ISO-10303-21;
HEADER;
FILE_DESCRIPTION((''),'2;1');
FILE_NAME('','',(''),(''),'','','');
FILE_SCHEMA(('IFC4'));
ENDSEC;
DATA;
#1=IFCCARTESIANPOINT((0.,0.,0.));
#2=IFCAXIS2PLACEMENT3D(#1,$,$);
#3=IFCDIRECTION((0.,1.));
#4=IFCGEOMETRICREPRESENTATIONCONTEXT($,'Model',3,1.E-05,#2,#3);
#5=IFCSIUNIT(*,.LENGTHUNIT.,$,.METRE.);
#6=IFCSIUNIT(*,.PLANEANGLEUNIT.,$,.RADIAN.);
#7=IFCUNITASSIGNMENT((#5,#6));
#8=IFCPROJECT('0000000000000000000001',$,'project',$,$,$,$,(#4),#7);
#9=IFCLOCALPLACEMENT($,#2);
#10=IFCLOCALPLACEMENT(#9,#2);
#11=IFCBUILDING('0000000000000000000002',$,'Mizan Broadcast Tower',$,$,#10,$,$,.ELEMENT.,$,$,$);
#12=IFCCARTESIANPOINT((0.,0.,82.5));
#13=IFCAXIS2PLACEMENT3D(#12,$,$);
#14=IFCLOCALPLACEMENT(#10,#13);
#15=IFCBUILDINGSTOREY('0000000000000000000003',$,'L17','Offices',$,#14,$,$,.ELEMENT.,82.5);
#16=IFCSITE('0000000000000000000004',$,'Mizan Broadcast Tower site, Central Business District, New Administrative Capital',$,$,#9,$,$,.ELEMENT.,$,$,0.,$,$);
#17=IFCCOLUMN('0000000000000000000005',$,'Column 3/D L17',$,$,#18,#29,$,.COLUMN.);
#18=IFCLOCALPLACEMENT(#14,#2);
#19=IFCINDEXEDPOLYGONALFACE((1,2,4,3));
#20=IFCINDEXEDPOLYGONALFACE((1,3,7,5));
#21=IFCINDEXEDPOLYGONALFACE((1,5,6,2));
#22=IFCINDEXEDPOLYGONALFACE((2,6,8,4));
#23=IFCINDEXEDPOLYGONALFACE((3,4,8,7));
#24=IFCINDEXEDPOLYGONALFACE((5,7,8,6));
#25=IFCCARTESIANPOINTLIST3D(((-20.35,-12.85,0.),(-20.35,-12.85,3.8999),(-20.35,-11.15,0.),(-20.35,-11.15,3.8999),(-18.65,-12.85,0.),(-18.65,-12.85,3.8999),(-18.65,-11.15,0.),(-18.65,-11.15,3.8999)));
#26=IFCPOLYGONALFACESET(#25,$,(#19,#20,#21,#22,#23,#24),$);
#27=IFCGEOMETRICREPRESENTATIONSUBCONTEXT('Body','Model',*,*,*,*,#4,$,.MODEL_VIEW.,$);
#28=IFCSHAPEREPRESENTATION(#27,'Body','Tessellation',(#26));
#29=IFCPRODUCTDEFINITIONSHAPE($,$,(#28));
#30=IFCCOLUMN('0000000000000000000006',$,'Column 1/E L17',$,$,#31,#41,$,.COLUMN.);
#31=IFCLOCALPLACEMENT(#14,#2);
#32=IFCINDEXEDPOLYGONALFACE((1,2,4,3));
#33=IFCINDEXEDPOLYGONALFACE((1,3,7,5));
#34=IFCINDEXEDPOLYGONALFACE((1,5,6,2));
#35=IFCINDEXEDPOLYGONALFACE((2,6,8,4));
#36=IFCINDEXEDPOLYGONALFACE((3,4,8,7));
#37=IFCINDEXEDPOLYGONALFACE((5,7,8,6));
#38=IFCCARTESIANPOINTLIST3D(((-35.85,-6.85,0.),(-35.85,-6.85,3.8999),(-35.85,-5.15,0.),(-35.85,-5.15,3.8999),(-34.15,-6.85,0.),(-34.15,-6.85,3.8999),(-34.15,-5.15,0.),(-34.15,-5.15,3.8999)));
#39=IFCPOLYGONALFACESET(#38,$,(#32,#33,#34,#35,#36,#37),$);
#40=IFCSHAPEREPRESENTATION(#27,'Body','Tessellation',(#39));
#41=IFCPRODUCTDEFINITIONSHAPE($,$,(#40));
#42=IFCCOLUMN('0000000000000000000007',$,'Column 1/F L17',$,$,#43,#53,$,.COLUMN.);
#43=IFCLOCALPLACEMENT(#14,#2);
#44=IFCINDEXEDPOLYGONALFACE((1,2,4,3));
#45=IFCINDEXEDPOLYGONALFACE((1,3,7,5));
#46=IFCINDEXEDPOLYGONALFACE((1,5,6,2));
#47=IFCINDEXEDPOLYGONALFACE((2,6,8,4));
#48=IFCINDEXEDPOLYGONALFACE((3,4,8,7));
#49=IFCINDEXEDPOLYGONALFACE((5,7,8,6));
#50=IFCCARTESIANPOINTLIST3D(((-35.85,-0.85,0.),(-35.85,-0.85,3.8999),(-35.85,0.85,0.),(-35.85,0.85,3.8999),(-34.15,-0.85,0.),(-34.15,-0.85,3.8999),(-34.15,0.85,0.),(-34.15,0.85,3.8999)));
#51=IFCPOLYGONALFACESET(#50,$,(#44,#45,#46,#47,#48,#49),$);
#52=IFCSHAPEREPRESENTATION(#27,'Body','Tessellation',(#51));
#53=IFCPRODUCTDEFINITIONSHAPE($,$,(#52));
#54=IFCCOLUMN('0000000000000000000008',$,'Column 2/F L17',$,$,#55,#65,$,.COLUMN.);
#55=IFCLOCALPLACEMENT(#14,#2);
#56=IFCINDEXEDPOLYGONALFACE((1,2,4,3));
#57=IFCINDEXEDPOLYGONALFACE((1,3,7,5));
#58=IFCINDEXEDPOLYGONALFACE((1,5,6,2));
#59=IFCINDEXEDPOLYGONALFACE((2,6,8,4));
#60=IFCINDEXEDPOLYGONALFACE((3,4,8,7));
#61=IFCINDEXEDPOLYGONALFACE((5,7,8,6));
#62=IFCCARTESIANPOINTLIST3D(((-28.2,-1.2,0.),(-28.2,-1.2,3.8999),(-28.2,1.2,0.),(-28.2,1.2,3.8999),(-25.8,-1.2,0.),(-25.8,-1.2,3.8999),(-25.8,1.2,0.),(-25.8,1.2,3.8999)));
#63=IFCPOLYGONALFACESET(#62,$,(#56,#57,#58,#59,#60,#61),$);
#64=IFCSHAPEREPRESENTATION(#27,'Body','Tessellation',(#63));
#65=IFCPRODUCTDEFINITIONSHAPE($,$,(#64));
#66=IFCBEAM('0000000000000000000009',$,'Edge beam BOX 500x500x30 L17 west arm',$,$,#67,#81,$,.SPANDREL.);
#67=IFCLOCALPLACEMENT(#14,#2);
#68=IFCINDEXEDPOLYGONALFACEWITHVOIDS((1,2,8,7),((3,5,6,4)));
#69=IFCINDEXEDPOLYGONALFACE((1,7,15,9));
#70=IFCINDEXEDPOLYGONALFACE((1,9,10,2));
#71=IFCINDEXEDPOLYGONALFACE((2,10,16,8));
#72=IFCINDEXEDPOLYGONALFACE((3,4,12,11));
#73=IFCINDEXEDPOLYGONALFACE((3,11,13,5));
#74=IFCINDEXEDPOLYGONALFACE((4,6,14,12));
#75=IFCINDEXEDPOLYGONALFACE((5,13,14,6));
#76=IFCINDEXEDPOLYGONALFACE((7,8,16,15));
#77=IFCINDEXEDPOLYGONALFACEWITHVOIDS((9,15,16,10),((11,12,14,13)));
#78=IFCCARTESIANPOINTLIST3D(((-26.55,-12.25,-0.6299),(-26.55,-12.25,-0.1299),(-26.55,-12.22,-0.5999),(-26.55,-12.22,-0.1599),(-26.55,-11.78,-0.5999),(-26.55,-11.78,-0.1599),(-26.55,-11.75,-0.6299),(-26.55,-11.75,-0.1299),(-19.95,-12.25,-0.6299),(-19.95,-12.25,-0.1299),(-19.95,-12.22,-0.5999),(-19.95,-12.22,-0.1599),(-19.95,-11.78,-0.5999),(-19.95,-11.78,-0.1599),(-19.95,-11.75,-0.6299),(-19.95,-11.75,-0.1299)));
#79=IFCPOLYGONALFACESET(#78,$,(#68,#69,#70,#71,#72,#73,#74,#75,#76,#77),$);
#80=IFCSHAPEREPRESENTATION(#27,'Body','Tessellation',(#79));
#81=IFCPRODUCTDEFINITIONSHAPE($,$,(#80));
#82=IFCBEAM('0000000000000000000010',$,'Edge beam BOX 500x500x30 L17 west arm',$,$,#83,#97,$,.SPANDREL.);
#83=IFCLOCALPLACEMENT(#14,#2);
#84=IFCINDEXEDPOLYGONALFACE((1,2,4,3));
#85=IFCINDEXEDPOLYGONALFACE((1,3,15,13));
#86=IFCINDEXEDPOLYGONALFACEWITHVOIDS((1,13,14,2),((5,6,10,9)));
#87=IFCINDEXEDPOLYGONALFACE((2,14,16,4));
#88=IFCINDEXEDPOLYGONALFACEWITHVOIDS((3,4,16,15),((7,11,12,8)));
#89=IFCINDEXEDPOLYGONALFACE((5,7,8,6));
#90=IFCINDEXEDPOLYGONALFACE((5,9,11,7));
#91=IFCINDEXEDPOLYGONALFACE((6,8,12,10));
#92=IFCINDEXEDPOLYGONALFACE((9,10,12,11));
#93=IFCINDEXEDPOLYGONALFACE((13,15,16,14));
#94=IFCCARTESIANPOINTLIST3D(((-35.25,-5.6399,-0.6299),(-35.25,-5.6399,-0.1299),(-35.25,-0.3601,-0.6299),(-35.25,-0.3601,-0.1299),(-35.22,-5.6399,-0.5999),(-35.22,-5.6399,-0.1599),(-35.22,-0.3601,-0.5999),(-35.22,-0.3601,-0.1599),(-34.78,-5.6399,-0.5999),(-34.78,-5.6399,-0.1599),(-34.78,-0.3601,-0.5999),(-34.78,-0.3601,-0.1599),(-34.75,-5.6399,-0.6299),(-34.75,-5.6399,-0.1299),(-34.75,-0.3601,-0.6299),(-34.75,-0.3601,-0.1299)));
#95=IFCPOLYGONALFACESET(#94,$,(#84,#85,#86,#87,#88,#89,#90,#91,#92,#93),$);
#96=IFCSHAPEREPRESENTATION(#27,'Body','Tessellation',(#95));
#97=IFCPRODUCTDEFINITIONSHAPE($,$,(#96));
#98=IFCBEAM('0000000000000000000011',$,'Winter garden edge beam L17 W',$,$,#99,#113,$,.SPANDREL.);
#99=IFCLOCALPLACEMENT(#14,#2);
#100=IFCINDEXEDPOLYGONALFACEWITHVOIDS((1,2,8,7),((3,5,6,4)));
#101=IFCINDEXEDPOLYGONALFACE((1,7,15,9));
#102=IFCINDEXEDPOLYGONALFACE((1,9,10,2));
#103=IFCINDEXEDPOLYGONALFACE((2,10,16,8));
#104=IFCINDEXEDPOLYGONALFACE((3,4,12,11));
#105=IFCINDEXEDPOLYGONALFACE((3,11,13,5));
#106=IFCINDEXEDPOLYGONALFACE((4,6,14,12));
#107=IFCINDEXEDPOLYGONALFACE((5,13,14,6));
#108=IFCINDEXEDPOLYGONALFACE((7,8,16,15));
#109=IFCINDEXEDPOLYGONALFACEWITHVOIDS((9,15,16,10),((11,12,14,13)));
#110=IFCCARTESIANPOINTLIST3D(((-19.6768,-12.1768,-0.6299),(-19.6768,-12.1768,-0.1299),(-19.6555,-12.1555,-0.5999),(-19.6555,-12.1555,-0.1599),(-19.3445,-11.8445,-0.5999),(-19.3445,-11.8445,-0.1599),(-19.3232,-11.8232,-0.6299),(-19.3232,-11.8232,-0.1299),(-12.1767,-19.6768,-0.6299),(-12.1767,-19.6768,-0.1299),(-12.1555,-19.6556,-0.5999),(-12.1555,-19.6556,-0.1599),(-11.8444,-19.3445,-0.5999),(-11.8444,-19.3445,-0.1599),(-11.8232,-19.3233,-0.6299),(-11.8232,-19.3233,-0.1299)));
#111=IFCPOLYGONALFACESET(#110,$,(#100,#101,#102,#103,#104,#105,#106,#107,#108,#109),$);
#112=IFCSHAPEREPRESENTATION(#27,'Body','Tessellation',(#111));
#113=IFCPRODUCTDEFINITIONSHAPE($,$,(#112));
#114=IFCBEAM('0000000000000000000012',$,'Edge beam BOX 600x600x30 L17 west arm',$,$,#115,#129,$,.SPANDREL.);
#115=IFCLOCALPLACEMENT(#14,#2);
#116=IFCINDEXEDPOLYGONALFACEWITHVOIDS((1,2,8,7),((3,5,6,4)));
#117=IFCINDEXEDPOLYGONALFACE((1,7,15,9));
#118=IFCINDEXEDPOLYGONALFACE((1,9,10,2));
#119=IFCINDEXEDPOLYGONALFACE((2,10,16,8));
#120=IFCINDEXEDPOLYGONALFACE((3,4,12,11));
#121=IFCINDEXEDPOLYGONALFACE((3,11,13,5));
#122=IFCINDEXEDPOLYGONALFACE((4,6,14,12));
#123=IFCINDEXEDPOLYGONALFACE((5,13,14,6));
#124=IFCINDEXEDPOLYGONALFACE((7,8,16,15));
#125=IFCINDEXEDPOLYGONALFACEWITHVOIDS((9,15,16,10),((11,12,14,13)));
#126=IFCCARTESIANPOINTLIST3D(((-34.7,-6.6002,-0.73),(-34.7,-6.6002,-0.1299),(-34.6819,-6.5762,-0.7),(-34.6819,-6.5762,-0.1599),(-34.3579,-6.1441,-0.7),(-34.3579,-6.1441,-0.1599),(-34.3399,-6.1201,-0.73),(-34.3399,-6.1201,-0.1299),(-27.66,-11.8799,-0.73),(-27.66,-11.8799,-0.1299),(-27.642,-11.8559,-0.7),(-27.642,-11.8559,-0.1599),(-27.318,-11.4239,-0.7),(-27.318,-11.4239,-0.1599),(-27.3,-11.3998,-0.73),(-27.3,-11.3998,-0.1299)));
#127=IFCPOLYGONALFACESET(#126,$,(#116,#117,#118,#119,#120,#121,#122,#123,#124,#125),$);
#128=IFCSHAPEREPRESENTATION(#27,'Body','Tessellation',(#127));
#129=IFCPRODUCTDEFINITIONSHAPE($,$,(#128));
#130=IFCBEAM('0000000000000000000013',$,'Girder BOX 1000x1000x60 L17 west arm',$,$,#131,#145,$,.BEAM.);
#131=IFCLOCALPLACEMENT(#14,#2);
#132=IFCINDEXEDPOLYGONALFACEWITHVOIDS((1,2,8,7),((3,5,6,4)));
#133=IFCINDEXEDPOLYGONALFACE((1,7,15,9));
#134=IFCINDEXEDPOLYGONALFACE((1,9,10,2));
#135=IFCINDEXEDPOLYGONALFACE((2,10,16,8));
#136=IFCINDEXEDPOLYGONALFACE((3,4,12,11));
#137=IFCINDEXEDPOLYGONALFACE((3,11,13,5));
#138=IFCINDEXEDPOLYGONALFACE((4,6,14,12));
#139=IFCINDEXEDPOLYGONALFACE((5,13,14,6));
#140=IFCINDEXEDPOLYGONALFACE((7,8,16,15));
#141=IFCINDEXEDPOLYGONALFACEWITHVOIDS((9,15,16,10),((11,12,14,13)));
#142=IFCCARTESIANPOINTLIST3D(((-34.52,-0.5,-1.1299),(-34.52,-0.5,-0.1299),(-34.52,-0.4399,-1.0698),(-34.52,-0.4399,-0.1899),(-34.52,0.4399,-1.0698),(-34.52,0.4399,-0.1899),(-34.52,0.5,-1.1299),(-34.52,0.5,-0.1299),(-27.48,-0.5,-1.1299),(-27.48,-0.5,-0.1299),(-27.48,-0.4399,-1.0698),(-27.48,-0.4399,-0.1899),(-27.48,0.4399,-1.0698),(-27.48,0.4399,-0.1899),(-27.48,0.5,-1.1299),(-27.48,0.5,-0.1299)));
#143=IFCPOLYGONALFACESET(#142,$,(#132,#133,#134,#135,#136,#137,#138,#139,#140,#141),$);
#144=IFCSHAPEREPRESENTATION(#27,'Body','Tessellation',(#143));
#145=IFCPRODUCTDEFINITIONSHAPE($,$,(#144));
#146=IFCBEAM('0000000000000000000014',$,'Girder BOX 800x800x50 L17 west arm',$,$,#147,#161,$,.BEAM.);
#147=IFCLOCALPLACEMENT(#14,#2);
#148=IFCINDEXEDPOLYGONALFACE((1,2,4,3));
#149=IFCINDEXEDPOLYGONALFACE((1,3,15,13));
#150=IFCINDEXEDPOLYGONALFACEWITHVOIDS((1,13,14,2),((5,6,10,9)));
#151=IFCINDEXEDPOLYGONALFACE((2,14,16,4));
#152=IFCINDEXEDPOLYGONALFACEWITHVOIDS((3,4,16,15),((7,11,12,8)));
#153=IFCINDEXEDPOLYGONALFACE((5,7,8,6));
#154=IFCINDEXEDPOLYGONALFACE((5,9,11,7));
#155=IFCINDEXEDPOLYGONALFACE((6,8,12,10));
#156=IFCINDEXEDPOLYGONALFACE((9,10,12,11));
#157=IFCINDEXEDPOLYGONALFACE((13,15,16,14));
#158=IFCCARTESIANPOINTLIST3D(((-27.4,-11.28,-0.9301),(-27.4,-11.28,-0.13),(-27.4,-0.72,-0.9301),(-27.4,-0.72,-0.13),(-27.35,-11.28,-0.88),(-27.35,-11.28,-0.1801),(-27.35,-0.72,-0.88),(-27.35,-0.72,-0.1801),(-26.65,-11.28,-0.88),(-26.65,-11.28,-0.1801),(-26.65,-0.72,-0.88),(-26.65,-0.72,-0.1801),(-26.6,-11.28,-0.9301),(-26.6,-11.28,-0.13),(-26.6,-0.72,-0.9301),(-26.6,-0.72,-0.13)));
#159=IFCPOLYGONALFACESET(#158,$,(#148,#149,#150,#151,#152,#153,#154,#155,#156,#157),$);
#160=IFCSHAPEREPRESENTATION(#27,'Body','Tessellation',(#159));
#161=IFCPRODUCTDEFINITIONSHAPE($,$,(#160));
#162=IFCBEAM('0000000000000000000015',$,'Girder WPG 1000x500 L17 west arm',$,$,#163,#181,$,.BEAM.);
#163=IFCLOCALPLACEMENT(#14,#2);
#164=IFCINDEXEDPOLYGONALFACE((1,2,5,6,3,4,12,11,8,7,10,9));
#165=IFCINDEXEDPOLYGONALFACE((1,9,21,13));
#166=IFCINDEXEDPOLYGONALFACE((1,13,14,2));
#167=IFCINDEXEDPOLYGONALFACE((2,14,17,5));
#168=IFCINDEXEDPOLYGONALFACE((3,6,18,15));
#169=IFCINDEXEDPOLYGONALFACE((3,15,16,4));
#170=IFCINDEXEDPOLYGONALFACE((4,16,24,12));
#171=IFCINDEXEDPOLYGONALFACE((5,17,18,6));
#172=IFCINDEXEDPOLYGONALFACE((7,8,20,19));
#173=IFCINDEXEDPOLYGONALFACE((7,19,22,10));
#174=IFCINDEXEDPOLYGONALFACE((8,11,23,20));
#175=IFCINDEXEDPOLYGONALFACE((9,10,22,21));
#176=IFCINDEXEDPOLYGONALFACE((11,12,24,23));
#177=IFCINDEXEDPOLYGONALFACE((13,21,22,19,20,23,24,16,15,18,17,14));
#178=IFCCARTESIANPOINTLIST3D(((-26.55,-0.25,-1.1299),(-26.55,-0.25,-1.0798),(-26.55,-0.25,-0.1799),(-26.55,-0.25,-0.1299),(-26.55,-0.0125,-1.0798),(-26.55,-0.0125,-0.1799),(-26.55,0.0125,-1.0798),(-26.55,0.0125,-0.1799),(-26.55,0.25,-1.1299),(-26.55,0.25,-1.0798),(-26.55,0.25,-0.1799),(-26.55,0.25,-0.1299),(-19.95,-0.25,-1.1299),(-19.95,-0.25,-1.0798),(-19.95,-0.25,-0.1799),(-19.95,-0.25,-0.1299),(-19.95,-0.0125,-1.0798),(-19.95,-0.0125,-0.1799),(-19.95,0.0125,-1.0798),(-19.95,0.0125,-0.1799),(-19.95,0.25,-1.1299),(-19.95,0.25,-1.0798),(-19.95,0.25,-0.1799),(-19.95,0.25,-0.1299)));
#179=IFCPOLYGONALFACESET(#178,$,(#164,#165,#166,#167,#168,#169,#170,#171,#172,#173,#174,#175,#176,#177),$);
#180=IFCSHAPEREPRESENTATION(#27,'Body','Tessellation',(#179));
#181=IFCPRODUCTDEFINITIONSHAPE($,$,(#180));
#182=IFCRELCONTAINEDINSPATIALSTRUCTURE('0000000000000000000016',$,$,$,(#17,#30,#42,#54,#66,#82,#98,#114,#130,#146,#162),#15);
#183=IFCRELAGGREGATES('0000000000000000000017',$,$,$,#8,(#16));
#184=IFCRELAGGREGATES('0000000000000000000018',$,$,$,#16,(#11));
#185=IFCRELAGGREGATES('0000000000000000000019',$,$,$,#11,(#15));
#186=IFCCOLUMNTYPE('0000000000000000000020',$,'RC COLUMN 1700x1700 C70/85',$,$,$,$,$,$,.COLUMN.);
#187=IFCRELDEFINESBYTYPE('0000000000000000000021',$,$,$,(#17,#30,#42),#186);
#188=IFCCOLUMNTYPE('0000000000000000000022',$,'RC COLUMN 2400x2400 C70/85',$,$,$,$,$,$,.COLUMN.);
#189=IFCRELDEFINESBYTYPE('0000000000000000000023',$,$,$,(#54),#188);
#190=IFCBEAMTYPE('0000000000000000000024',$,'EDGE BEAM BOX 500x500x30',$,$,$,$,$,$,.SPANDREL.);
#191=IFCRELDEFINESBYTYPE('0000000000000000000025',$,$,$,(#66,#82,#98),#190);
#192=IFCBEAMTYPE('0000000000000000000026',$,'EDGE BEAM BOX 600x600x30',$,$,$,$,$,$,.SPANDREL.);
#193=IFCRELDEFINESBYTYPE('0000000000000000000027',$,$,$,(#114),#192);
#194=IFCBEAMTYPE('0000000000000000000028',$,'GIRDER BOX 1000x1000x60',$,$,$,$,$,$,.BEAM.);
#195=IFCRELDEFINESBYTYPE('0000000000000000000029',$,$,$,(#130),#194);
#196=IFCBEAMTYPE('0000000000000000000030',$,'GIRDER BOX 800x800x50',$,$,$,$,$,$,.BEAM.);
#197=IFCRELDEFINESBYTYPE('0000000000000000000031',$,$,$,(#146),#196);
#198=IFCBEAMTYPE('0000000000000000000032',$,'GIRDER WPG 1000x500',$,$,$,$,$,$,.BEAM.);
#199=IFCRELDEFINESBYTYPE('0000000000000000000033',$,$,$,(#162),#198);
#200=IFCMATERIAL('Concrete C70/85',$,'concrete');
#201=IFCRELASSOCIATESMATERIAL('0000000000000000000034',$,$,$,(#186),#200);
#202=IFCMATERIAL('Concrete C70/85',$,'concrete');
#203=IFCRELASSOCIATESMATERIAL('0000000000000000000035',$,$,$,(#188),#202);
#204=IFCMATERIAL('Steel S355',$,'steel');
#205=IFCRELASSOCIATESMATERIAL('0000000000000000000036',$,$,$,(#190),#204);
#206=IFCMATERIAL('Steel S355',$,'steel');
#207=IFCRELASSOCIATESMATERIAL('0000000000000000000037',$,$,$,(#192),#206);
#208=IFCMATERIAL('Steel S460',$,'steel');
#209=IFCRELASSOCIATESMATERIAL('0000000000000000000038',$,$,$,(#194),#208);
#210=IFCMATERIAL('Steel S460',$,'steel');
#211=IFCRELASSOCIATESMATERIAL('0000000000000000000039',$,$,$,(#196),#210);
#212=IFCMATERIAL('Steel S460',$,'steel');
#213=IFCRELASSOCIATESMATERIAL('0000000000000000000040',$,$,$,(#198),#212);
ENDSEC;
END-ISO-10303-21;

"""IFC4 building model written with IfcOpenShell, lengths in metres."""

from ifc_helpers import new_model, si_unit, direction, frame, origin, origin_2d, place, context, subcontext, project, spatial, rectangle, hollow_rectangle, i_section, extrude, material, material_profile, profile_set, type_object, element, save


model = new_model("IFC4")

# Units and contexts
model_context = context("Model", 3, precision=1e-05, world=origin(), true_north=direction((0.0, 1.0)))
body_context = subcontext(model_context, "Body", "Model", "MODEL_VIEW")
ifc_project = project(units=[si_unit("LENGTHUNIT", "METRE"), si_unit("PLANEANGLEUNIT", "RADIAN")], contexts=[model_context])

# Site, building, storey
site_placement = place(None, origin())
site = spatial("IfcSite", under=ifc_project, at=site_placement, Name="Mizan Broadcast Tower site, Central Business District, New Administrative Capital", CompositionType="ELEMENT", RefElevation=0.0)
building_placement = place(site_placement, origin())
building = spatial("IfcBuilding", under=site, at=building_placement, Name="Mizan Broadcast Tower", CompositionType="ELEMENT")
storey_placement = place(building_placement, frame((0.0, 0.0, 82.5)))
storey = spatial("IfcBuildingStorey", under=building, at=storey_placement, Name="L17", Description="Offices", CompositionType="ELEMENT", Elevation=82.5)

# Columns
ifc_material_1 = material(Name="Concrete C70/85", Category="concrete")
ifc_material_profile_1 = material_profile(ifc_material_1, rectangle(XDim=1.7, YDim=1.7, at=origin_2d()), Name="RC 1700x1700")
ifc_profile_set_1 = profile_set([ifc_material_profile_1], Name="Concrete C70/85")
column_type_1 = type_object("IfcColumnType", Name="RC COLUMN 1700x1700 C70/85", PredefinedType="COLUMN", material=ifc_profile_set_1)
for number, where, z_axis, x_axis, name in (
    (1, (-19.5, -12.0, 0.0), (0.0, 0.0, 1.0), (1.0, 0.0, 0.0), "Column 3/D L17"),
    (2, (-35.0, -6.0, 0.0), (0.0, 0.0, 1.0), (1.0, 0.0, 0.0), "Column 1/E L17"),
    (3, (-35.0, 0.0, 0.0), (0.0, 0.0, 1.0), (1.0, 0.0, 0.0), "Column 1/F L17"),
):
    element("IfcColumn", number, at=place(storey_placement, frame(where, z_axis=z_axis, x_axis=x_axis)), inside=storey, type_object=column_type_1, Name=name, PredefinedType="COLUMN", context=body_context, shape_type="SweptSolid", body=[
        extrude(rectangle(XDim=1.7, YDim=1.7, at=origin_2d()), origin(), (0.0, 0.0, 1.0), 3.8999),
    ])
ifc_material_2 = material(Name="Concrete C70/85", Category="concrete")
ifc_material_profile_2 = material_profile(ifc_material_2, rectangle(XDim=2.3999, YDim=2.3999, at=origin_2d()), Name="RC 2400x2400")
ifc_profile_set_2 = profile_set([ifc_material_profile_2], Name="Concrete C70/85")
column_type_2 = type_object("IfcColumnType", Name="RC COLUMN 2400x2400 C70/85", PredefinedType="COLUMN", material=ifc_profile_set_2)
column_placement = place(storey_placement, frame((-27.0, 0.0, 0.0), z_axis=(0.0, 0.0, 1.0), x_axis=(1.0, 0.0, 0.0)))
element("IfcColumn", 4, at=column_placement, inside=storey, type_object=column_type_2, Name="Column 2/F L17", PredefinedType="COLUMN", context=body_context, shape_type="SweptSolid", body=[
    extrude(rectangle(XDim=2.3999, YDim=2.3999, at=origin_2d()), origin(), (0.0, 0.0, 1.0), 3.8999),
])

# Beams
ifc_material_3 = material(Name="Steel S355", Category="steel")
ifc_material_profile_3 = material_profile(ifc_material_3, hollow_rectangle(XDim=0.5, YDim=0.5, WallThickness=0.03, at=origin_2d()), Name="BOX 500x500x30")
ifc_profile_set_3 = profile_set([ifc_material_profile_3], Name="Steel S355")
beam_type_1 = type_object("IfcBeamType", Name="EDGE BEAM BOX 500x500x30", PredefinedType="SPANDREL", material=ifc_profile_set_3)
beam_1_placement = place(storey_placement, frame((-19.95, -12.0, -0.3799), z_axis=(-1.0, 0.0, 0.0), x_axis=(0.0, -1.0, 0.0)))
element("IfcBeam", 5, at=beam_1_placement, inside=storey, type_object=beam_type_1, Name="Edge beam BOX 500x500x30 L17 west arm", PredefinedType="SPANDREL", context=body_context, shape_type="SweptSolid", body=[
    extrude(hollow_rectangle(XDim=0.5, YDim=0.5, WallThickness=0.03, at=origin_2d()), origin(), (0.0, 0.0, 1.0), 6.6001),
])
beam_2_placement = place(storey_placement, frame((-35.0, -5.6399, -0.3799), z_axis=(0.0, 1.0, 0.0), x_axis=(-1.0, 0.0, 0.0)))
element("IfcBeam", 6, at=beam_2_placement, inside=storey, type_object=beam_type_1, Name="Edge beam BOX 500x500x30 L17 west arm", PredefinedType="SPANDREL", context=body_context, shape_type="SweptSolid", body=[
    extrude(hollow_rectangle(XDim=0.5, YDim=0.5, WallThickness=0.03, at=origin_2d()), origin(), (0.0, 0.0, 1.0), 5.2798),
])
beam_3_placement = place(storey_placement, frame((-19.5, -12.0, -0.3799), z_axis=(0.707107, -0.707107, 0.0), x_axis=(0.707107, 0.707107, 0.0)))
element("IfcBeam", 7, at=beam_3_placement, inside=storey, type_object=beam_type_1, Name="Winter garden edge beam L17 W", PredefinedType="SPANDREL", context=body_context, shape_type="SweptSolid", body=[
    extrude(hollow_rectangle(XDim=0.5, YDim=0.5, WallThickness=0.03, at=origin_2d()), origin(), (0.0, 0.0, 1.0), 10.6067),
])
ifc_material_4 = material(Name="Steel S355", Category="steel")
ifc_material_profile_4 = material_profile(ifc_material_4, hollow_rectangle(XDim=0.6001, YDim=0.6001, WallThickness=0.03, at=origin_2d()), Name="BOX 600x600x30")
ifc_profile_set_4 = profile_set([ifc_material_profile_4], Name="Steel S355")
beam_type_2 = type_object("IfcBeamType", Name="EDGE BEAM BOX 600x600x30", PredefinedType="SPANDREL", material=ifc_profile_set_4)
beam_4_placement = place(storey_placement, frame((-27.48, -11.6399, -0.4299), z_axis=(-0.800013, 0.599982, 0.0), x_axis=(-0.599982, -0.800013, 0.0)))
element("IfcBeam", 8, at=beam_4_placement, inside=storey, type_object=beam_type_2, Name="Edge beam BOX 600x600x30 L17 west arm", PredefinedType="SPANDREL", context=body_context, shape_type="SweptSolid", body=[
    extrude(hollow_rectangle(XDim=0.6001, YDim=0.6001, WallThickness=0.03, at=origin_2d()), origin(), (0.0, 0.0, 1.0), 8.7998),
])
ifc_material_5 = material(Name="Steel S460", Category="steel")
ifc_material_profile_5 = material_profile(ifc_material_5, hollow_rectangle(XDim=1.0, YDim=1.0, WallThickness=0.0601, at=origin_2d()), Name="BOX 1000x1000x60")
ifc_profile_set_5 = profile_set([ifc_material_profile_5], Name="Steel S460")
beam_type_3 = type_object("IfcBeamType", Name="GIRDER BOX 1000x1000x60", PredefinedType="BEAM", material=ifc_profile_set_5)
beam_5_placement = place(storey_placement, frame((-27.48, 0.0, -0.6299), z_axis=(-1.0, 0.0, 0.0), x_axis=(0.0, -1.0, 0.0)))
element("IfcBeam", 9, at=beam_5_placement, inside=storey, type_object=beam_type_3, Name="Girder BOX 1000x1000x60 L17 west arm", PredefinedType="BEAM", context=body_context, shape_type="SweptSolid", body=[
    extrude(hollow_rectangle(XDim=1.0, YDim=1.0, WallThickness=0.0601, at=origin_2d()), origin(), (0.0, 0.0, 1.0), 7.04),
])
ifc_material_6 = material(Name="Steel S460", Category="steel")
ifc_material_profile_6 = material_profile(ifc_material_6, hollow_rectangle(XDim=0.8, YDim=0.8, WallThickness=0.05, at=origin_2d()), Name="BOX 800x800x50")
ifc_profile_set_6 = profile_set([ifc_material_profile_6], Name="Steel S460")
beam_type_4 = type_object("IfcBeamType", Name="GIRDER BOX 800x800x50", PredefinedType="BEAM", material=ifc_profile_set_6)
beam_6_placement = place(storey_placement, frame((-27.0, -11.28, -0.53), z_axis=(0.0, 1.0, 0.0), x_axis=(-1.0, 0.0, 0.0)))
element("IfcBeam", 10, at=beam_6_placement, inside=storey, type_object=beam_type_4, Name="Girder BOX 800x800x50 L17 west arm", PredefinedType="BEAM", context=body_context, shape_type="SweptSolid", body=[
    extrude(hollow_rectangle(XDim=0.8, YDim=0.8, WallThickness=0.05, at=origin_2d()), origin(), (0.0, 0.0, 1.0), 10.5601),
])
ifc_material_7 = material(Name="Steel S460", Category="steel")
ifc_material_profile_7 = material_profile(ifc_material_7, i_section(OverallWidth=0.5, OverallDepth=1.0, WebThickness=0.0249, FlangeThickness=0.05, at=origin_2d()), Name="WPG 1000x500")
ifc_profile_set_7 = profile_set([ifc_material_profile_7], Name="Steel S460")
beam_type_5 = type_object("IfcBeamType", Name="GIRDER WPG 1000x500", PredefinedType="BEAM", material=ifc_profile_set_7)
beam_7_placement = place(storey_placement, frame((-19.95, 0.0, -0.6299), z_axis=(-1.0, 0.0, 0.0), x_axis=(0.0, -1.0, 0.0)))
element("IfcBeam", 11, at=beam_7_placement, inside=storey, type_object=beam_type_5, Name="Girder WPG 1000x500 L17 west arm", PredefinedType="BEAM", context=body_context, shape_type="SweptSolid", body=[
    extrude(i_section(OverallWidth=0.5, OverallDepth=1.0, WebThickness=0.0249, FlangeThickness=0.05, at=origin_2d()), origin(), (0.0, 0.0, 1.0), 6.6001),
])

save(model, "model.ifc")
